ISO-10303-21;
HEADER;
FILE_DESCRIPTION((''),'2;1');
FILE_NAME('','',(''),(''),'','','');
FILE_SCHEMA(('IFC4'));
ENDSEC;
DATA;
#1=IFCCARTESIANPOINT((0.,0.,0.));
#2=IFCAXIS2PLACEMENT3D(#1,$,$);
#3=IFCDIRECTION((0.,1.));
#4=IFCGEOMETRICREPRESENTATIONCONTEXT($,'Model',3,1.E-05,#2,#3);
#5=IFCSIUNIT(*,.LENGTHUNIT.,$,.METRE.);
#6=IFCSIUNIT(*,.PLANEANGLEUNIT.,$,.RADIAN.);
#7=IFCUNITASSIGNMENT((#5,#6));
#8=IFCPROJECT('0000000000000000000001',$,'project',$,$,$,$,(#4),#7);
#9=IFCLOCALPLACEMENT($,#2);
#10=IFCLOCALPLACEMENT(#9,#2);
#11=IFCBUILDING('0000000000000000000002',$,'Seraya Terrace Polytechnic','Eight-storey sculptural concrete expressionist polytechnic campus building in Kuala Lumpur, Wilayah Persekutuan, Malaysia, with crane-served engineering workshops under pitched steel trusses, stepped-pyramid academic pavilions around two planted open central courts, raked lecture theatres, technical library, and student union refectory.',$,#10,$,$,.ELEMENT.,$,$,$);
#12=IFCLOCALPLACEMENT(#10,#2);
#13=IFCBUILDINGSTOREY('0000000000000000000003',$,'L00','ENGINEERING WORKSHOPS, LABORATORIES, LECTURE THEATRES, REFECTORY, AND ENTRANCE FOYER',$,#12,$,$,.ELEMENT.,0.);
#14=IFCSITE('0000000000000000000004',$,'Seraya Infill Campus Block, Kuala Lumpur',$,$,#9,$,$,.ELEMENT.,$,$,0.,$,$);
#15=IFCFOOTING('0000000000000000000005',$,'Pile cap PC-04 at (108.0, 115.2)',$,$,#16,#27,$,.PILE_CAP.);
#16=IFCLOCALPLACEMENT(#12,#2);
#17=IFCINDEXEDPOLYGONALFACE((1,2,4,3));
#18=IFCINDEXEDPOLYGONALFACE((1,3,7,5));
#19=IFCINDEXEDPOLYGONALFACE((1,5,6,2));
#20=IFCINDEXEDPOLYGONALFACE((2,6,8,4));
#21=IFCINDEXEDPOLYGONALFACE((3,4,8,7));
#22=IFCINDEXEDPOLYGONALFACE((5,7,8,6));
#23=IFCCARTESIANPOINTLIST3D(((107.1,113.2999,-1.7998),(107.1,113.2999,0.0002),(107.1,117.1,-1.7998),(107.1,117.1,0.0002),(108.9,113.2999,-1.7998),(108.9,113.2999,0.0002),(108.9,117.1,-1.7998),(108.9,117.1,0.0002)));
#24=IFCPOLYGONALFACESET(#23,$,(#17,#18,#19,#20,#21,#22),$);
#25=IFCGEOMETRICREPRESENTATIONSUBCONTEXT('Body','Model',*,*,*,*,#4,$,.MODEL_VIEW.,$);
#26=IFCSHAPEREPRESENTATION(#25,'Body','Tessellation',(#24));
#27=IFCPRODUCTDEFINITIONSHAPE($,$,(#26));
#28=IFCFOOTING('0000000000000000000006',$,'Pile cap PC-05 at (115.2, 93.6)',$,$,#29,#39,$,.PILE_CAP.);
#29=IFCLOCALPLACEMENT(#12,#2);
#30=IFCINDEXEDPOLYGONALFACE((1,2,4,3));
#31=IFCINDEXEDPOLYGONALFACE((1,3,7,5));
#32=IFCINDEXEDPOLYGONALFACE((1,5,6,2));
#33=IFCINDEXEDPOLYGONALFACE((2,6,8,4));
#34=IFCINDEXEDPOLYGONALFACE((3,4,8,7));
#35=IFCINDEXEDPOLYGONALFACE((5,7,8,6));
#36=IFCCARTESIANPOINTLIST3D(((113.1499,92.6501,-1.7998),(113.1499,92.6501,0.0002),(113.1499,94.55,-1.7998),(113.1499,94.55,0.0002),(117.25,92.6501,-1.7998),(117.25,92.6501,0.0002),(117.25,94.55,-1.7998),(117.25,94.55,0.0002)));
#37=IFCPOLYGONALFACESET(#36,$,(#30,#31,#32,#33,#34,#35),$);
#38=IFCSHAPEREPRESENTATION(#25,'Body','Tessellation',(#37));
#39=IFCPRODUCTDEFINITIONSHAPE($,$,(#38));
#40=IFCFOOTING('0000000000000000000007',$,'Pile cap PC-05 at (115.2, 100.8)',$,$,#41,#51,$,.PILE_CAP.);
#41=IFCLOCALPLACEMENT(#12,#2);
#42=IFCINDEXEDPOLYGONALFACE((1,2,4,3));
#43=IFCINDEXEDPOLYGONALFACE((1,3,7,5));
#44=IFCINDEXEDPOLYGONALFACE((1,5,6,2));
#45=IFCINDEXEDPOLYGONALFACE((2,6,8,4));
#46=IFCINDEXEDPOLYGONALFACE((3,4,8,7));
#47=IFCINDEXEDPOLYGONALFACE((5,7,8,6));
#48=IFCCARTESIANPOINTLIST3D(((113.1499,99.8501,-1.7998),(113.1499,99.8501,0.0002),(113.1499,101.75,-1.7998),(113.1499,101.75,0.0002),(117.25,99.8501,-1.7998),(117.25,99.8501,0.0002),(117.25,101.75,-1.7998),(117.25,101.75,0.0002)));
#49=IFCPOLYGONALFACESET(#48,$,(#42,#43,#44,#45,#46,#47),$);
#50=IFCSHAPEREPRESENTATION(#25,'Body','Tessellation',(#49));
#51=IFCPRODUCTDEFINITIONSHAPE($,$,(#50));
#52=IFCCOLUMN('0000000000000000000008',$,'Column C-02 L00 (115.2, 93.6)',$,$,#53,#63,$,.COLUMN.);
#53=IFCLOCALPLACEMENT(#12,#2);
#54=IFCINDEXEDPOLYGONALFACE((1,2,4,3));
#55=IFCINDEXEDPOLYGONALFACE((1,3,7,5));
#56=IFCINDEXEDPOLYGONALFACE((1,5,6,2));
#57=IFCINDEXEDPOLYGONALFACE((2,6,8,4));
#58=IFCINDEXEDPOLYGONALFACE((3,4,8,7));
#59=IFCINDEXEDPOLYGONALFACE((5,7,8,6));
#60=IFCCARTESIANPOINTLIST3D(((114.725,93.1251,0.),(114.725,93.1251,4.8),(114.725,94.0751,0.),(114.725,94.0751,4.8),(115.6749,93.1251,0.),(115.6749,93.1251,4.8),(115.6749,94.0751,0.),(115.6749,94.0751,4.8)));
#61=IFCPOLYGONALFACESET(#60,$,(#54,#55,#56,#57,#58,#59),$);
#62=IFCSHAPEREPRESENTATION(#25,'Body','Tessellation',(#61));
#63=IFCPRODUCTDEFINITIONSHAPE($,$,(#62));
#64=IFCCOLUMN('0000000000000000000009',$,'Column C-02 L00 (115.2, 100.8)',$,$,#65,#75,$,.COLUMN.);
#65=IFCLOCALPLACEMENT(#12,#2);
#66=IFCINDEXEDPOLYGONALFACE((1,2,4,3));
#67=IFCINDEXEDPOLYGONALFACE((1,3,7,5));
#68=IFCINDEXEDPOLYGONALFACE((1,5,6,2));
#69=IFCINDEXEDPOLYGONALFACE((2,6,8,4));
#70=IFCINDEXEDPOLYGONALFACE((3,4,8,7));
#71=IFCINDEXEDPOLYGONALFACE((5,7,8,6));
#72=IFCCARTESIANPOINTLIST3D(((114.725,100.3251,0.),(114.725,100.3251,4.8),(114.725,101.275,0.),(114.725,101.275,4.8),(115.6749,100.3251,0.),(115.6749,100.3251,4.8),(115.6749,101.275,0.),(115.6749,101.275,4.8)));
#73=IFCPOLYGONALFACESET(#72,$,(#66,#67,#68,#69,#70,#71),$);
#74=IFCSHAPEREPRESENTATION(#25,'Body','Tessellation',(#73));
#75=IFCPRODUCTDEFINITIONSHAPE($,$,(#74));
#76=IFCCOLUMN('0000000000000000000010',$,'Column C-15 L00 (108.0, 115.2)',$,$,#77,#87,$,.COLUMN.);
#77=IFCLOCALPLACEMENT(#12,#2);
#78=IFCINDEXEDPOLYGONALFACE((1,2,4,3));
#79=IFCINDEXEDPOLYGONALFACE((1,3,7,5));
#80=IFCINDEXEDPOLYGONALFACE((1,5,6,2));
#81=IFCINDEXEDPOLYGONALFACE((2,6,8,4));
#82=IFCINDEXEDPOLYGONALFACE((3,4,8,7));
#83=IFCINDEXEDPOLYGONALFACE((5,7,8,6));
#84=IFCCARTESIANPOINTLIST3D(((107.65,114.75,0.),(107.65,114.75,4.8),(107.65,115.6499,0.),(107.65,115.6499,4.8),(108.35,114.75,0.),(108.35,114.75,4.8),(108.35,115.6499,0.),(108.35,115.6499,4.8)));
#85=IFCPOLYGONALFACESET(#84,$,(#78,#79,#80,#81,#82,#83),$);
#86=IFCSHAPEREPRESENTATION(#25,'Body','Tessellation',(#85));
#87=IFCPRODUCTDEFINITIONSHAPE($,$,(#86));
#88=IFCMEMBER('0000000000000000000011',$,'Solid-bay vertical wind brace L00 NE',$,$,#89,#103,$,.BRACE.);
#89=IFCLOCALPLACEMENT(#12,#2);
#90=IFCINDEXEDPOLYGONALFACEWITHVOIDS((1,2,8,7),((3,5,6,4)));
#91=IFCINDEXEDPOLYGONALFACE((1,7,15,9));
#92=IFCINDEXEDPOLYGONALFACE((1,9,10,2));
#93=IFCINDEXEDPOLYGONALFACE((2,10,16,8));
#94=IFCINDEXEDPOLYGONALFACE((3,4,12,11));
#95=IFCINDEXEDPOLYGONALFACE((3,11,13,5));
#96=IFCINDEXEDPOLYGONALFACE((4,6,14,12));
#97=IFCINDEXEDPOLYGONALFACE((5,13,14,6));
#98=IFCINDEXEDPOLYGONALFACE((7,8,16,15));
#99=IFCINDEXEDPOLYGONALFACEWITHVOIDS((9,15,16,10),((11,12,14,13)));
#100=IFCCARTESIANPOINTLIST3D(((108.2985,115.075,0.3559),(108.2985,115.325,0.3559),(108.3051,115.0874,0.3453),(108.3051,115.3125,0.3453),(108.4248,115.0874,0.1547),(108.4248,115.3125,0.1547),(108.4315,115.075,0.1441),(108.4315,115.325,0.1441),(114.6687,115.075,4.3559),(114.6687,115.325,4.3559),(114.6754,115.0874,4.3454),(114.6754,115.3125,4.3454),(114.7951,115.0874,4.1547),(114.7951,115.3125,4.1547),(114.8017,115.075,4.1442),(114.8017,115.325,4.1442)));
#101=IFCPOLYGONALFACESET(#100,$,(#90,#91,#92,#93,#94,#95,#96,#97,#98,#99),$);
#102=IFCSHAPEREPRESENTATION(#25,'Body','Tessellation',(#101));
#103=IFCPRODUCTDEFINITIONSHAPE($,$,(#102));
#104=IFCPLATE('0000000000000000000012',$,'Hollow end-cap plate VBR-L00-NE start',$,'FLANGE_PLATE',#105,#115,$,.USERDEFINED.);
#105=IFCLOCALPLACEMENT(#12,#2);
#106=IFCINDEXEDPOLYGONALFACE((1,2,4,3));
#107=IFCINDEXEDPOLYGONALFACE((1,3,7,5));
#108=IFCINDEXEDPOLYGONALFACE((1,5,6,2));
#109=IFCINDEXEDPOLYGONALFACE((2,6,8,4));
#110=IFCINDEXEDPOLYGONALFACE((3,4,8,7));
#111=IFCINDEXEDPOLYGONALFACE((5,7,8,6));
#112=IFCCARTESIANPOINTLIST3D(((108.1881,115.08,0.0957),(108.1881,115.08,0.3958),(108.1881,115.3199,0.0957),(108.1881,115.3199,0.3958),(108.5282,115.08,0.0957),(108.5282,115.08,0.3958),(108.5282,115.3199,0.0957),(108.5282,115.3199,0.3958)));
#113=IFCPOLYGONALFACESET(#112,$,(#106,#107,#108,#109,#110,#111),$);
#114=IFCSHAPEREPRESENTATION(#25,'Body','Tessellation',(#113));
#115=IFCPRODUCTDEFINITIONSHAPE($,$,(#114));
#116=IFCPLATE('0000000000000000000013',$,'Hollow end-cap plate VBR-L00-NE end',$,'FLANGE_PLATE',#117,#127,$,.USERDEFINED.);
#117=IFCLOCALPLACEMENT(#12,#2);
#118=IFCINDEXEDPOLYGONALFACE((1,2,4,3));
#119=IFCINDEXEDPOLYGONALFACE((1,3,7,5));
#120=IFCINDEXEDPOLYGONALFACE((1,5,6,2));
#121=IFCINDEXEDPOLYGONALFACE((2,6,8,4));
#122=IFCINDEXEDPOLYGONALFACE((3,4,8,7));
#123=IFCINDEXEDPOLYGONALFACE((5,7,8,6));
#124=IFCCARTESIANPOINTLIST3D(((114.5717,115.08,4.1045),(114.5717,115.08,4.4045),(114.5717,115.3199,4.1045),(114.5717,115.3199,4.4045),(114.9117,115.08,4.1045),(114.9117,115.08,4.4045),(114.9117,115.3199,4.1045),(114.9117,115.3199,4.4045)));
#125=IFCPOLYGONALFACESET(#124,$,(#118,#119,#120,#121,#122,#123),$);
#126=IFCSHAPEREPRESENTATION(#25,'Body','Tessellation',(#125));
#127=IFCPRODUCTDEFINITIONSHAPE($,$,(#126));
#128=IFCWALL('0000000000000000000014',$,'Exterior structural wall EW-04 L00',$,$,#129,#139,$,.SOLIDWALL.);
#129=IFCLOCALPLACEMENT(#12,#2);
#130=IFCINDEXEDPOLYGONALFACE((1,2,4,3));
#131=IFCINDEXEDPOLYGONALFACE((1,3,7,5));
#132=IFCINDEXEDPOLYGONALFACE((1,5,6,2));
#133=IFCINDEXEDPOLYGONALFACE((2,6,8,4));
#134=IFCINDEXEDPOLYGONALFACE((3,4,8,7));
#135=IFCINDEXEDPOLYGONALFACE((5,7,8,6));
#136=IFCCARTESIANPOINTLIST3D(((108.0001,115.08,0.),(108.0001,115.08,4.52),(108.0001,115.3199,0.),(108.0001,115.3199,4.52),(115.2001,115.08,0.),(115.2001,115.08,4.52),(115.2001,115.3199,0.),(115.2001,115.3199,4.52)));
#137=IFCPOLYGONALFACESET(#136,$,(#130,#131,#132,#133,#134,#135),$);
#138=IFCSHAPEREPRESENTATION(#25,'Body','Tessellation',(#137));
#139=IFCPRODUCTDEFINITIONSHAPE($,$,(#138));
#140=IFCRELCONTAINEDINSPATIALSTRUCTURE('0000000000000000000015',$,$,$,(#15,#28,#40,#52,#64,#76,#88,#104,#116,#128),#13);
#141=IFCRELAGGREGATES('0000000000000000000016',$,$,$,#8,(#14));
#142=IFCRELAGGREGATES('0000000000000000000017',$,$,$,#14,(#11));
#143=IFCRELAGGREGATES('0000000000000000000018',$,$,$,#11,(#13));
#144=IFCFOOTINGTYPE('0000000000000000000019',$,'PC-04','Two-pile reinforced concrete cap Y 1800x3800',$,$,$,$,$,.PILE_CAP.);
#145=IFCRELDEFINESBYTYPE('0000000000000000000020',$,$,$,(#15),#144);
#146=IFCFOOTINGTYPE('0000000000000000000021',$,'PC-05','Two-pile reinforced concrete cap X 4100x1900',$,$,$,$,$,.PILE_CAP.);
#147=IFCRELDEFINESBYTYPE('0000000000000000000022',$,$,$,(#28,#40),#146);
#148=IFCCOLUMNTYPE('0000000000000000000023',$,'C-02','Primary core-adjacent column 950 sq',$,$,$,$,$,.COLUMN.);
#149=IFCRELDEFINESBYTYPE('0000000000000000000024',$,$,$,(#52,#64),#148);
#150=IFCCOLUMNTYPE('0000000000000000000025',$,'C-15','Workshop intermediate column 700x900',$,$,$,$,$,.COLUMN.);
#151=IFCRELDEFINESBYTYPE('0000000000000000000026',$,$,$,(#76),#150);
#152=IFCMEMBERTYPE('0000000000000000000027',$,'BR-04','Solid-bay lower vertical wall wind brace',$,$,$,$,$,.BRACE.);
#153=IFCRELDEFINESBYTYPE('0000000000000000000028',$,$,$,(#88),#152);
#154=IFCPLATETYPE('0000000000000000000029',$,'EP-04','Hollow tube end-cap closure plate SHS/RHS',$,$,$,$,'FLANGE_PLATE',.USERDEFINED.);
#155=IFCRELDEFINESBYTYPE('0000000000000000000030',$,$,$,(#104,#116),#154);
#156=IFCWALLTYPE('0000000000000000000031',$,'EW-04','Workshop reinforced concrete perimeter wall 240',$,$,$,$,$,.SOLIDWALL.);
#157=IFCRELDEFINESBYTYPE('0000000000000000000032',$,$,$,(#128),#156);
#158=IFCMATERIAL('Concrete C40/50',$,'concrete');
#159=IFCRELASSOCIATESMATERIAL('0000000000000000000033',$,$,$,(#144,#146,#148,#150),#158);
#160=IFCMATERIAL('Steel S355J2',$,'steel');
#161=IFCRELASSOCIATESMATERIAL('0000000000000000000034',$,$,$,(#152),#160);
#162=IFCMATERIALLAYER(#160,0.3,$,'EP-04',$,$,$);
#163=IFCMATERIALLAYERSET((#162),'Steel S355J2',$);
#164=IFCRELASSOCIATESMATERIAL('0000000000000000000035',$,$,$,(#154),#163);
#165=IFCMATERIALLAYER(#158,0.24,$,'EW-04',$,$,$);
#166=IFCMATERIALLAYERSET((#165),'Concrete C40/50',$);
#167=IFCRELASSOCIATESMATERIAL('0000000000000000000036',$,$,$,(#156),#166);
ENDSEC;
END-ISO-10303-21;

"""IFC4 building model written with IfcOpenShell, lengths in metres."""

from ifc_helpers import new_model, si_unit, direction, frame, frame_2d, origin, origin_2d, place, context, subcontext, project, spatial, rectangle, hollow_rectangle, extrude, material, layer, layer_set, material_profile, profile_set, type_object, element, save


model = new_model("IFC4")

# Units and contexts
model_context = context("Model", 3, precision=1e-05, world=origin(), true_north=direction((0.0, 1.0)))
body_context = subcontext(model_context, "Body", "Model", "MODEL_VIEW")
ifc_project = project(units=[si_unit("LENGTHUNIT", "METRE"), si_unit("PLANEANGLEUNIT", "RADIAN")], contexts=[model_context])

# Site, building, storey
site_placement = place(None, origin())
site = spatial("IfcSite", under=ifc_project, at=site_placement, Name="Seraya Infill Campus Block, Kuala Lumpur", CompositionType="ELEMENT", RefElevation=0.0)
building_placement = place(site_placement, origin())
building = spatial("IfcBuilding", under=site, at=building_placement, Name="Seraya Terrace Polytechnic", Description="Eight-storey sculptural concrete expressionist polytechnic campus building in Kuala Lumpur, Wilayah Persekutuan, Malaysia, with crane-served engineering workshops under pitched steel trusses, stepped-pyramid academic pavilions around two planted open central courts, raked lecture theatres, technical library, and student union refectory.", CompositionType="ELEMENT")
storey_placement = place(building_placement, origin())
storey = spatial("IfcBuildingStorey", under=building, at=storey_placement, Name="L00", Description="ENGINEERING WORKSHOPS, LABORATORIES, LECTURE THEATRES, REFECTORY, AND ENTRANCE FOYER", CompositionType="ELEMENT", Elevation=0.0)

# Shared definitions
ifc_material_1 = material(Name="Concrete C40/50", Category="concrete")

# Footings
footing_type_1 = type_object("IfcFootingType", Name="PC-04", Description="Two-pile reinforced concrete cap Y 1800x3800", PredefinedType="PILE_CAP", material=ifc_material_1)
footing_placement = place(storey_placement, frame((108.0, 115.2, -1.7998), z_axis=(0.0, 0.0, 1.0), x_axis=(1.0, 0.0, 0.0)))
element("IfcFooting", 1, at=footing_placement, inside=storey, type_object=footing_type_1, Name="Pile cap PC-04 at (108.0, 115.2)", PredefinedType="PILE_CAP", context=body_context, shape_type="SweptSolid", body=[
    extrude(rectangle(XDim=1.8, YDim=3.8, at=origin_2d()), origin(), (0.0, 0.0, 1.0), 1.8),
])
footing_type_2 = type_object("IfcFootingType", Name="PC-05", Description="Two-pile reinforced concrete cap X 4100x1900", PredefinedType="PILE_CAP", material=ifc_material_1)
for number, where, z_axis, x_axis, name in (
    (2, (115.2, 93.6001, -1.7998), (0.0, 0.0, 1.0), (1.0, 0.0, 0.0), "Pile cap PC-05 at (115.2, 93.6)"),
    (3, (115.2, 100.8, -1.7998), (0.0, 0.0, 1.0), (1.0, 0.0, 0.0), "Pile cap PC-05 at (115.2, 100.8)"),
):
    element("IfcFooting", number, at=place(storey_placement, frame(where, z_axis=z_axis, x_axis=x_axis)), inside=storey, type_object=footing_type_2, Name=name, PredefinedType="PILE_CAP", context=body_context, shape_type="SweptSolid", body=[
        extrude(rectangle(XDim=4.1001, YDim=1.8999, at=origin_2d()), origin(), (0.0, 0.0, 1.0), 1.8),
    ])

# Columns
ifc_material_profile_1 = material_profile(ifc_material_1, rectangle(XDim=0.95, YDim=0.95, at=origin_2d()), Name="RC 950x950")
ifc_profile_set_1 = profile_set([ifc_material_profile_1], Name="Concrete C40/50")
column_type_1 = type_object("IfcColumnType", Name="C-02", Description="Primary core-adjacent column 950 sq", PredefinedType="COLUMN", material=ifc_profile_set_1)
for number, where, z_axis, x_axis, name in (
    (4, (115.2, 93.6001, 0.0), (0.0, 0.0, 1.0), (1.0, 0.0, 0.0), "Column C-02 L00 (115.2, 93.6)"),
    (5, (115.2, 100.8, 0.0), (0.0, 0.0, 1.0), (1.0, 0.0, 0.0), "Column C-02 L00 (115.2, 100.8)"),
):
    element("IfcColumn", number, at=place(storey_placement, frame(where, z_axis=z_axis, x_axis=x_axis)), inside=storey, type_object=column_type_1, Name=name, PredefinedType="COLUMN", context=body_context, shape_type="SweptSolid", body=[
        extrude(rectangle(XDim=0.95, YDim=0.95, at=origin_2d()), origin(), (0.0, 0.0, 1.0), 4.8),
    ])
ifc_material_profile_2 = material_profile(ifc_material_1, rectangle(XDim=0.7, YDim=0.8999, at=origin_2d()), Name="RC 700x900")
ifc_profile_set_2 = profile_set([ifc_material_profile_2], Name="Concrete C40/50")
column_type_2 = type_object("IfcColumnType", Name="C-15", Description="Workshop intermediate column 700x900", PredefinedType="COLUMN", material=ifc_profile_set_2)
column_placement = place(storey_placement, frame((108.0, 115.2, 0.0), z_axis=(0.0, 0.0, 1.0), x_axis=(1.0, 0.0, 0.0)))
element("IfcColumn", 6, at=column_placement, inside=storey, type_object=column_type_2, Name="Column C-15 L00 (108.0, 115.2)", PredefinedType="COLUMN", context=body_context, shape_type="SweptSolid", body=[
    extrude(rectangle(XDim=0.7, YDim=0.8999, at=origin_2d()), origin(), (0.0, 0.0, 1.0), 4.8),
])

# Member
ifc_material_2 = material(Name="Steel S355J2", Category="steel")
ifc_material_profile_3 = material_profile(ifc_material_2, hollow_rectangle(XDim=0.25, YDim=0.25, WallThickness=0.0125, at=origin_2d()), Name="SHS 250x250x12.5")
ifc_profile_set_3 = profile_set([ifc_material_profile_3], Name="Steel S355J2")
member_type = type_object("IfcMemberType", Name="BR-04", Description="Solid-bay lower vertical wall wind brace", PredefinedType="BRACE", material=ifc_profile_set_3)
member_placement = place(storey_placement, frame((108.365, 115.2, 0.25), z_axis=(0.84688, 0.0, 0.531783), x_axis=(0.0, 1.0, 0.0)))
element("IfcMember", 7, at=member_placement, inside=storey, type_object=member_type, Name="Solid-bay vertical wind brace L00 NE", PredefinedType="BRACE", context=body_context, shape_type="SweptSolid", body=[
    extrude(hollow_rectangle(XDim=0.25, YDim=0.25, WallThickness=0.0125, at=origin_2d()), origin(), (0.0, 0.0, 1.0), 7.522),
])

# Plates
ifc_layer_1 = layer(ifc_material_2, 0.3, Name="EP-04")
ifc_layer_set_1 = layer_set([ifc_layer_1], Name="Steel S355J2")
plate_type = type_object("IfcPlateType", Name="EP-04", Description="Hollow tube end-cap closure plate SHS/RHS", ElementType="FLANGE_PLATE", PredefinedType="USERDEFINED", material=ifc_layer_set_1)
for number, where, z_axis, x_axis, name in (
    (8, (108.3582, 115.2, 0.0957), (0.0, 0.0, 1.0), (1.0, 0.0, 0.0), "Hollow end-cap plate VBR-L00-NE start"),
    (9, (114.7417, 115.2, 4.1045), (0.0, 0.0, 1.0), (1.0, 0.0, 0.0), "Hollow end-cap plate VBR-L00-NE end"),
):
    element("IfcPlate", number, at=place(storey_placement, frame(where, z_axis=z_axis, x_axis=x_axis)), inside=storey, type_object=plate_type, Name=name, ObjectType="FLANGE_PLATE", PredefinedType="USERDEFINED", context=body_context, shape_type="SweptSolid", body=[
        extrude(rectangle(XDim=0.3401, YDim=0.24, at=origin_2d()), origin(), (0.0, 0.0, 1.0), 0.3),
    ])

# Wall
ifc_layer_2 = layer(ifc_material_1, 0.24, Name="EW-04")
ifc_layer_set_2 = layer_set([ifc_layer_2], Name="Concrete C40/50")
wall_type = type_object("IfcWallType", Name="EW-04", Description="Workshop reinforced concrete perimeter wall 240", PredefinedType="SOLIDWALL", material=ifc_layer_set_2)
wall_placement = place(storey_placement, frame((108.0, 115.2, 0.0), z_axis=(0.0, 0.0, 1.0), x_axis=(1.0, 0.0, 0.0)))
element("IfcWall", 10, at=wall_placement, inside=storey, type_object=wall_type, Name="Exterior structural wall EW-04 L00", PredefinedType="SOLIDWALL", context=body_context, shape_type="SweptSolid", body=[
    extrude(rectangle(XDim=7.2, YDim=0.24, at=frame_2d((3.6001, 0.0))), origin(), (0.0, 0.0, 1.0), 4.52),
])

save(model, "model.ifc")
